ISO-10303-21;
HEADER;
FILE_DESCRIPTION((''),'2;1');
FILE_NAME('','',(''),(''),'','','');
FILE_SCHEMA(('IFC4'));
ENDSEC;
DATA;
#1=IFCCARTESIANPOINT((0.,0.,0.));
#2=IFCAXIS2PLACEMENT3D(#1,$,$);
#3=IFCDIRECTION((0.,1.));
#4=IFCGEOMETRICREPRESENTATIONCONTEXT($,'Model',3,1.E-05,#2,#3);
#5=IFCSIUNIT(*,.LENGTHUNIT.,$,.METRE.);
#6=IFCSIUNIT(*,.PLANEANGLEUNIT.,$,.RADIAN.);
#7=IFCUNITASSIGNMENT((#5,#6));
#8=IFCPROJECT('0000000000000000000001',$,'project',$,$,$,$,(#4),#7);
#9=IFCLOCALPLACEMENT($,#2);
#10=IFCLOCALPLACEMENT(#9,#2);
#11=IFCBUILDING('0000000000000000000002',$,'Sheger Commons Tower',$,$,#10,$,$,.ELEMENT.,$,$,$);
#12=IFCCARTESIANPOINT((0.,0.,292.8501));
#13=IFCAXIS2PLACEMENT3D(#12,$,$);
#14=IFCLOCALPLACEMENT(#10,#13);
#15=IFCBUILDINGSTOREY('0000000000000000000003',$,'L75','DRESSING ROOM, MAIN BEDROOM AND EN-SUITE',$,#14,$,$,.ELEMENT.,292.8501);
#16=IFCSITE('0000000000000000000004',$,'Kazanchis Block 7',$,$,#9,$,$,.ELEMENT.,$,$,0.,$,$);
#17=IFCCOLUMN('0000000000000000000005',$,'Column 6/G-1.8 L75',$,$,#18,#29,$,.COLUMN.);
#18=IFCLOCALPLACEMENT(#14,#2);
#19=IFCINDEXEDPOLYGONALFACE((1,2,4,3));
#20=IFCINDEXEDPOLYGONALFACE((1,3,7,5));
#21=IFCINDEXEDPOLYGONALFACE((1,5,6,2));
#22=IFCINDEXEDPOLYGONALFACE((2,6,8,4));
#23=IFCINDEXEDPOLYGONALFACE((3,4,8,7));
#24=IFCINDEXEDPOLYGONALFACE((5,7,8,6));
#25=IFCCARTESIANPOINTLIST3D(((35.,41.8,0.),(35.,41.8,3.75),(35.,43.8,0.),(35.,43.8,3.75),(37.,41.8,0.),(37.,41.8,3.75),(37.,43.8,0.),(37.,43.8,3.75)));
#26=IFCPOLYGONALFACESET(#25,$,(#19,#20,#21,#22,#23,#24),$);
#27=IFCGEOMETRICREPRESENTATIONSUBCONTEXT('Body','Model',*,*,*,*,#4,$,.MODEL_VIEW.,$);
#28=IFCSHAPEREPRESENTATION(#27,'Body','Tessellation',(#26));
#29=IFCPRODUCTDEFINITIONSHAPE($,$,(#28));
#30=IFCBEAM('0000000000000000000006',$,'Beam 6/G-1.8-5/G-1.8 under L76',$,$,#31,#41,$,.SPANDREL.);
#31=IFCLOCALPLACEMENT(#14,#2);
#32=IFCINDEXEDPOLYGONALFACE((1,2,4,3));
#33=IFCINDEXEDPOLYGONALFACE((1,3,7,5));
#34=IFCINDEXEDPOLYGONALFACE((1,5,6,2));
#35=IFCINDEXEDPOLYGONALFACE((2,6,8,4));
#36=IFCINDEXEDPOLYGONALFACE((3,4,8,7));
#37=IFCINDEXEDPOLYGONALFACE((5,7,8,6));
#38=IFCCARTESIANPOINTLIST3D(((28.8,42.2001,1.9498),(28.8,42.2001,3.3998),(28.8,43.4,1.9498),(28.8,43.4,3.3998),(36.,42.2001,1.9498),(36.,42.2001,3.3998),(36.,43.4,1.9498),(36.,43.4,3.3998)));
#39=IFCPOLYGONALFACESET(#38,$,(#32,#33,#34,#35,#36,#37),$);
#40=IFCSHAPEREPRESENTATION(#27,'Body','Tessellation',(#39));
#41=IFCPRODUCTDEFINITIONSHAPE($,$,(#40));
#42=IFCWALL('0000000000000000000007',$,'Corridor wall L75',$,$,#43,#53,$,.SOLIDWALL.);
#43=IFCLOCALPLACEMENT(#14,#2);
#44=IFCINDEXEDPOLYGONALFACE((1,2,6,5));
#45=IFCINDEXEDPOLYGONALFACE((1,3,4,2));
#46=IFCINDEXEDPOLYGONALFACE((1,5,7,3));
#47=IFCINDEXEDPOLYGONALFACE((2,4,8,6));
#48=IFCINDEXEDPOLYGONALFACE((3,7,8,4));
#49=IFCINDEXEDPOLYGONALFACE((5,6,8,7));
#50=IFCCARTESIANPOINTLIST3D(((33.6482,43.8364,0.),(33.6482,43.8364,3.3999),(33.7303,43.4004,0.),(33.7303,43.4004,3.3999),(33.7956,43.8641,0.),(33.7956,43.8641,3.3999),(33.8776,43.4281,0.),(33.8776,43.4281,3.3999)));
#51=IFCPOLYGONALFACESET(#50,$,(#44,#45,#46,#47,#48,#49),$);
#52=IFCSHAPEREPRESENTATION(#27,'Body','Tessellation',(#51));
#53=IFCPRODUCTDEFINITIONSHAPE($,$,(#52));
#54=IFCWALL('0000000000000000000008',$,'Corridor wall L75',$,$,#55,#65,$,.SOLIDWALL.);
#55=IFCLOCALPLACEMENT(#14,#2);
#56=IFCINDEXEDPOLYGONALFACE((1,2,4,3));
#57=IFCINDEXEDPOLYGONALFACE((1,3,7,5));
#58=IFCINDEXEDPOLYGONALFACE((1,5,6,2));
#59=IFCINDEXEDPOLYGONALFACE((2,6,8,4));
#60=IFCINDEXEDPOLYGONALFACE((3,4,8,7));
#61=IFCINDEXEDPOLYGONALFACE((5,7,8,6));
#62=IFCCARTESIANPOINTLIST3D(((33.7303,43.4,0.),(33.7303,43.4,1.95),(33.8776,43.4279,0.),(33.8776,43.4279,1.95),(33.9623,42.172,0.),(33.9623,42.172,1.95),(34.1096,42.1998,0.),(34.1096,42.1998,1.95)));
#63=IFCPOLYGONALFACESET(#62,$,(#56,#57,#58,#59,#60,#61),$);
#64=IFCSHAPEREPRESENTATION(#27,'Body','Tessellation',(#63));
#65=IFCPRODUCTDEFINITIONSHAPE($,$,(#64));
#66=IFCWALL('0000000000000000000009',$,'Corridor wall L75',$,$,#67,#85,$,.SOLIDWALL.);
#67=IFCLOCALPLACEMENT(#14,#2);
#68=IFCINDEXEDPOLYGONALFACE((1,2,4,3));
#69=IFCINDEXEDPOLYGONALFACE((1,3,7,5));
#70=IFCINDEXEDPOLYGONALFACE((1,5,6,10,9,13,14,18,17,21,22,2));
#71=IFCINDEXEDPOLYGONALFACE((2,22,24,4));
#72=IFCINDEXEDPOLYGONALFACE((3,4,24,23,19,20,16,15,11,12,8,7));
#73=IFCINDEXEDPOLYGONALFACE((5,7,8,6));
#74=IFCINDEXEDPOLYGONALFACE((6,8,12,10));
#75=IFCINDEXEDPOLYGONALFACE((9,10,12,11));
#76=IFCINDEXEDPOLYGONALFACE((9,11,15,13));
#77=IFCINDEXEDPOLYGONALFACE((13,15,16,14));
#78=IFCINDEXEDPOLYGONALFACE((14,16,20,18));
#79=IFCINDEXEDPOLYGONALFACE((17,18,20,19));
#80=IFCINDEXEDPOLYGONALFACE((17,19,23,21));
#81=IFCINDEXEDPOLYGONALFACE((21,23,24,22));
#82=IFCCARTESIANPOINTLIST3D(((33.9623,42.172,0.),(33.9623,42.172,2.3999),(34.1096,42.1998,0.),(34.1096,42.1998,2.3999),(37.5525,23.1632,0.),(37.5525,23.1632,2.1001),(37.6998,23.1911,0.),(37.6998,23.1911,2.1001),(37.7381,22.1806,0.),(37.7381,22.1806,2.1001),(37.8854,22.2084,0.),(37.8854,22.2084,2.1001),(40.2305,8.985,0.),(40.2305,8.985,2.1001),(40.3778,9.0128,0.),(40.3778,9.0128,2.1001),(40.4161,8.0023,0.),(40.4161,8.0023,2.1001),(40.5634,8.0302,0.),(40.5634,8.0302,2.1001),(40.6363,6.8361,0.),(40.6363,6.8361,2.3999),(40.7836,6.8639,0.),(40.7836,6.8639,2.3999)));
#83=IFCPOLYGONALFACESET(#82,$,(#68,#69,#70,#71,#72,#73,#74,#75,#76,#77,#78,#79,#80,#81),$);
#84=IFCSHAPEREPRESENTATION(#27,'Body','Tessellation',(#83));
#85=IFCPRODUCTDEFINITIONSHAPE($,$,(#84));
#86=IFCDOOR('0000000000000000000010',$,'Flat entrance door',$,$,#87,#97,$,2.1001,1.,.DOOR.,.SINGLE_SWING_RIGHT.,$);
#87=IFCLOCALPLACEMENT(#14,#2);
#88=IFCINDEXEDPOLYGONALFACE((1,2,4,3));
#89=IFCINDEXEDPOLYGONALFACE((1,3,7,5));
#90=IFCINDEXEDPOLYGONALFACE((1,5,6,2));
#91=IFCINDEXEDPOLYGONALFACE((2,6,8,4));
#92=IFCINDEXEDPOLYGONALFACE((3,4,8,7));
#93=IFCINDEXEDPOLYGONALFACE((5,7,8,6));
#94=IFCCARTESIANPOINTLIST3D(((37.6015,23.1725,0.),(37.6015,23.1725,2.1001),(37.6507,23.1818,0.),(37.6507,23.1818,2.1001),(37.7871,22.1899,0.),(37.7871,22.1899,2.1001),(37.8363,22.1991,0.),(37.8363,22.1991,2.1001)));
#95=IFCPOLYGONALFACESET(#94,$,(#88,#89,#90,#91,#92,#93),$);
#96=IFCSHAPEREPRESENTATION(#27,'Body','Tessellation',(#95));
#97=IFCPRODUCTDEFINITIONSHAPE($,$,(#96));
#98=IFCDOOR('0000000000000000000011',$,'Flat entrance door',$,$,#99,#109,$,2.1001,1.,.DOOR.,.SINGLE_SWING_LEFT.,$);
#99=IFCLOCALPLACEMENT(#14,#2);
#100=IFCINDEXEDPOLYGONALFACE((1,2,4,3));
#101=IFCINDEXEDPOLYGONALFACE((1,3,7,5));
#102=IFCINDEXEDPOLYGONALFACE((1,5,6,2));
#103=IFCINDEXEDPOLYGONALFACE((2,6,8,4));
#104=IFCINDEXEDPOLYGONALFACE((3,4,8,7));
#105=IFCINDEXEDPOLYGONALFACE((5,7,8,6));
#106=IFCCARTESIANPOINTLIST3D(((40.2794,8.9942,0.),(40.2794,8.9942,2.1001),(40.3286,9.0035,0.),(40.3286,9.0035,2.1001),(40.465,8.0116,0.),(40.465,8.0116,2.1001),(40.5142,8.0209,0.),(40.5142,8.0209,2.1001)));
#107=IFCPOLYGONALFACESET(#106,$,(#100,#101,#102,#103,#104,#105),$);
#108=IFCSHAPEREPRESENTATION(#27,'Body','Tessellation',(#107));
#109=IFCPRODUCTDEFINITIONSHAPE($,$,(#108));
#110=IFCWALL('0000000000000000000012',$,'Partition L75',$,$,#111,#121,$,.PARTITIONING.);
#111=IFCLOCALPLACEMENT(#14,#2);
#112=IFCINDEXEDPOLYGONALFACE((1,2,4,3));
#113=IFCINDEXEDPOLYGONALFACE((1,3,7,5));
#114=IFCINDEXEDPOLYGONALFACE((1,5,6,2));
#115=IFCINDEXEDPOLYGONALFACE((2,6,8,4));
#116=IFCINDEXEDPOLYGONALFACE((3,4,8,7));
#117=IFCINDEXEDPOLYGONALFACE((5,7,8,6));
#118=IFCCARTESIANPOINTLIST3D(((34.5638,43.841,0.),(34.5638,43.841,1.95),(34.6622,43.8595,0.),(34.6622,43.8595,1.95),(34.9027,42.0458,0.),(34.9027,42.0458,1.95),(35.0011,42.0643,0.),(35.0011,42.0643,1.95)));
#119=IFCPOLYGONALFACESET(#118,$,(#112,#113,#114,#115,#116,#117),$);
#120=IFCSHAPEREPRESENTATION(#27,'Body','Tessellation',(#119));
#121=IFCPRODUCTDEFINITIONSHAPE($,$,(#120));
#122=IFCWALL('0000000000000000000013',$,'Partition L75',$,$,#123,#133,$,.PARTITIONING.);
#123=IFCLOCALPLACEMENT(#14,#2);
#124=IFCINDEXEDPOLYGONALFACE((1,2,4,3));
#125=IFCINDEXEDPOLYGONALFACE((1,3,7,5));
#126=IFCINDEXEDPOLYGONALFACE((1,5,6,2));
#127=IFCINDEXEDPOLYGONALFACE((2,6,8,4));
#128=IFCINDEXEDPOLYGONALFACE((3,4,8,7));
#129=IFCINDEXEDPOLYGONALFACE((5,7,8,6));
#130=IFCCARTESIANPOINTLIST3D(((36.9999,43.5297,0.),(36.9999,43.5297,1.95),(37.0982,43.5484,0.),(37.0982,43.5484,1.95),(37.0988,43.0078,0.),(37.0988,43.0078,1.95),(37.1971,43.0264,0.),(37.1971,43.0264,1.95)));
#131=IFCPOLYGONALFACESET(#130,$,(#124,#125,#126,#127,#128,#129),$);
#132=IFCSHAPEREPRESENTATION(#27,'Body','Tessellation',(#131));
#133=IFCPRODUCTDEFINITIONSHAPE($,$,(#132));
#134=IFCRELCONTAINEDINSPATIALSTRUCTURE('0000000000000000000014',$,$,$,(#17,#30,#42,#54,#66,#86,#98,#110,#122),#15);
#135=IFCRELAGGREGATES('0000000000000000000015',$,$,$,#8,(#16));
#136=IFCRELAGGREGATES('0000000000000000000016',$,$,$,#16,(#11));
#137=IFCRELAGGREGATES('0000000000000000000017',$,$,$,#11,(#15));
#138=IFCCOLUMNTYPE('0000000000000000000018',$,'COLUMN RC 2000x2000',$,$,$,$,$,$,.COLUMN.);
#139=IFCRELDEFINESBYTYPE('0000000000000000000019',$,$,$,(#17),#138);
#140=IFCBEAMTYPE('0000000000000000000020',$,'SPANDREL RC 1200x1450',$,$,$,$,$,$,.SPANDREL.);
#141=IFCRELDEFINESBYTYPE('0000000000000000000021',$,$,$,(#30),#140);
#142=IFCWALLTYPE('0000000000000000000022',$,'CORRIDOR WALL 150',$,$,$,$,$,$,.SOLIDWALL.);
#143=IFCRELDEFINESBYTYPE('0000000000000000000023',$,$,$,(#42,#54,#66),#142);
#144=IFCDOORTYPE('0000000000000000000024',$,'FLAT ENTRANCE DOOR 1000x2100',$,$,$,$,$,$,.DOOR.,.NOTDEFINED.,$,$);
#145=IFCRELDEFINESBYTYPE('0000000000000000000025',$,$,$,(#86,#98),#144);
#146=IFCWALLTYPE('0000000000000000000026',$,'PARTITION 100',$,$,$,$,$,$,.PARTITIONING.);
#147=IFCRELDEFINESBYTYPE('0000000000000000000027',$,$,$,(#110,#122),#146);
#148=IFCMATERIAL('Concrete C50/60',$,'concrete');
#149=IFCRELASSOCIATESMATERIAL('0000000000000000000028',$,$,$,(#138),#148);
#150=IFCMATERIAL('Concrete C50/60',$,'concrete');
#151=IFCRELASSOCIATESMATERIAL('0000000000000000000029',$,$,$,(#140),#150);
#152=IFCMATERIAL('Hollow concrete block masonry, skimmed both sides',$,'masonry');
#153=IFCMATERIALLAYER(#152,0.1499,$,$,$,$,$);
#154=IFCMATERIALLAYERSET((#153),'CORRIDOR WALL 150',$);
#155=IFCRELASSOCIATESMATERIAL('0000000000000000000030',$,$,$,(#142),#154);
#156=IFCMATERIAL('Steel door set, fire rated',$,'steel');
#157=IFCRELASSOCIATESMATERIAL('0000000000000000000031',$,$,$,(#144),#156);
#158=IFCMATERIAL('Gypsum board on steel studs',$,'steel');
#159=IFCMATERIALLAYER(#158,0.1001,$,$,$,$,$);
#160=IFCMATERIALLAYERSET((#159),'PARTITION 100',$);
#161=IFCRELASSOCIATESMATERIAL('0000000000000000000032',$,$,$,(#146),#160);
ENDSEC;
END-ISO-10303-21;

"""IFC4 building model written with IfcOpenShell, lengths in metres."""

from ifc_helpers import new_model, si_unit, direction, frame, frame_2d, origin, origin_2d, place, context, subcontext, project, spatial, rectangle, extrude, material, layer, layer_set, material_profile, profile_set, type_object, element, fill, save


model = new_model("IFC4")

# Units and contexts
model_context = context("Model", 3, precision=1e-05, world=origin(), true_north=direction((0.0, 1.0)))
body_context = subcontext(model_context, "Body", "Model", "MODEL_VIEW")
ifc_project = project(units=[si_unit("LENGTHUNIT", "METRE"), si_unit("PLANEANGLEUNIT", "RADIAN")], contexts=[model_context])

# Site, building, storey
site_placement = place(None, origin())
site = spatial("IfcSite", under=ifc_project, at=site_placement, Name="Kazanchis Block 7", CompositionType="ELEMENT", RefElevation=0.0)
building_placement = place(site_placement, origin())
building = spatial("IfcBuilding", under=site, at=building_placement, Name="Sheger Commons Tower", CompositionType="ELEMENT")
storey_placement = place(building_placement, frame((0.0, 0.0, 292.8501)))
storey = spatial("IfcBuildingStorey", under=building, at=storey_placement, Name="L75", Description="DRESSING ROOM, MAIN BEDROOM AND EN-SUITE", CompositionType="ELEMENT", Elevation=292.8501)

# Column
ifc_material_1 = material(Name="Concrete C50/60", Category="concrete")
ifc_material_profile_1 = material_profile(ifc_material_1, rectangle(XDim=2.0, YDim=2.0, at=origin_2d()), Name="RC 2000x2000")
ifc_profile_set_1 = profile_set([ifc_material_profile_1], Name="Concrete C50/60")
column_type = type_object("IfcColumnType", Name="COLUMN RC 2000x2000", PredefinedType="COLUMN", material=ifc_profile_set_1)
column_placement = place(storey_placement, frame((36.0, 42.8, 0.0), z_axis=(0.0, 0.0, 1.0), x_axis=(1.0, 0.0, 0.0)))
element("IfcColumn", 1, at=column_placement, inside=storey, type_object=column_type, Name="Column 6/G-1.8 L75", PredefinedType="COLUMN", context=body_context, shape_type="SweptSolid", body=[
    extrude(rectangle(XDim=2.0, YDim=2.0, at=origin_2d()), origin(), (0.0, 0.0, 1.0), 3.75),
])

# Beam
ifc_material_2 = material(Name="Concrete C50/60", Category="concrete")
ifc_material_profile_2 = material_profile(ifc_material_2, rectangle(XDim=1.2, YDim=1.45, at=origin_2d()), Name="RC 1200x1450")
ifc_profile_set_2 = profile_set([ifc_material_profile_2], Name="Concrete C50/60")
beam_type = type_object("IfcBeamType", Name="SPANDREL RC 1200x1450", PredefinedType="SPANDREL", material=ifc_profile_set_2)
beam_placement = place(storey_placement, frame((36.0, 42.8, 2.6748), z_axis=(-1.0, 0.0, 0.0), x_axis=(0.0, -1.0, 0.0)))
element("IfcBeam", 2, at=beam_placement, inside=storey, type_object=beam_type, Name="Beam 6/G-1.8-5/G-1.8 under L76", PredefinedType="SPANDREL", context=body_context, shape_type="SweptSolid", body=[
    extrude(rectangle(XDim=1.2, YDim=1.45, at=origin_2d()), origin(), (0.0, 0.0, 1.0), 7.2),
])

# Walls
ifc_material_3 = material(Name="Hollow concrete block masonry, skimmed both sides", Category="masonry")
ifc_layer_1 = layer(ifc_material_3, 0.1499)
ifc_layer_set_1 = layer_set([ifc_layer_1], Name="CORRIDOR WALL 150")
wall_type_1 = type_object("IfcWallType", Name="CORRIDOR WALL 150", PredefinedType="SOLIDWALL", material=ifc_layer_set_1)
wall_1_placement = place(storey_placement, frame((33.7219, 43.8501, 0.0), z_axis=(0.0, 0.0, 1.0), x_axis=(0.184887, -0.98276, 0.0)))
element("IfcWall", 3, at=wall_1_placement, inside=storey, type_object=wall_type_1, Name="Corridor wall L75", PredefinedType="SOLIDWALL", context=body_context, shape_type="SweptSolid", body=[
    extrude(rectangle(XDim=0.4436, YDim=0.1499, at=frame_2d((0.2217, 0.0))), origin(), (0.0, 0.0, 1.0), 3.3999),
])
wall_2_placement = place(storey_placement, frame((33.804, 43.4141, 0.0), z_axis=(0.0, 0.0, 1.0), x_axis=(0.185586, -0.982628, 0.0)))
element("IfcWall", 4, at=wall_2_placement, inside=storey, type_object=wall_type_1, Name="Corridor wall L75", PredefinedType="SOLIDWALL", context=body_context, shape_type="SweptSolid", body=[
    extrude(rectangle(XDim=1.2498, YDim=0.1499, at=frame_2d((0.625, 0.0))), origin(), (0.0, 0.0, 1.0), 1.95),
])

# Wall, openings, doors
wall_3_placement = place(storey_placement, frame((34.0359, 42.186, 0.0), z_axis=(0.0, 0.0, 1.0), x_axis=(0.185594, -0.982627, 0.0)))
wall_3 = element("IfcWall", 5, at=wall_3_placement, inside=storey, type_object=wall_type_1, Name="Corridor wall L75", PredefinedType="SOLIDWALL", context=body_context, shape_type="SweptSolid", body=[
    extrude(rectangle(XDim=35.9607, YDim=0.1499, at=frame_2d((17.9805, 0.0))), origin(), (0.0, 0.0, 1.0), 2.3999),
])
opening_1_placement = place(wall_3_placement, frame((19.345, 0.0, 0.0)))
opening_1 = element("IfcOpeningElement", 6, at=opening_1_placement, cuts=wall_3, PredefinedType="OPENING", context=body_context, shape_type="SweptSolid", body=[
    extrude(rectangle(XDim=1.0, YDim=2.1001, at=frame_2d((0.5, 1.05))), frame((0.0, 0.085, 0.0), z_axis=(0.0, -1.0, 0.0), x_axis=(1.0, 0.0, 0.0)), (0.0, 0.0, 1.0), 0.1699),
])
opening_2_placement = place(wall_3_placement, frame((33.7739, 0.0, 0.0)))
opening_2 = element("IfcOpeningElement", 7, at=opening_2_placement, cuts=wall_3, PredefinedType="OPENING", context=body_context, shape_type="SweptSolid", body=[
    extrude(rectangle(XDim=1.0, YDim=2.1001, at=frame_2d((0.5, 1.05))), frame((0.0, 0.085, 0.0), z_axis=(0.0, -1.0, 0.0), x_axis=(1.0, 0.0, 0.0)), (0.0, 0.0, 1.0), 0.1699),
])
ifc_material_4 = material(Name="Steel door set, fire rated", Category="steel")
door_type_1 = type_object("IfcDoorType", Name="FLAT ENTRANCE DOOR 1000x2100", OperationType="NOTDEFINED", PredefinedType="DOOR", material=ifc_material_4)
door_1_placement = place(opening_1_placement, origin())
door_1 = element("IfcDoor", 8, at=door_1_placement, inside=storey, type_object=door_type_1, Name="Flat entrance door", OperationType="SINGLE_SWING_RIGHT", OverallHeight=2.1001, OverallWidth=1.0, PredefinedType="DOOR", context=body_context, shape_type="SweptSolid", body=[
    extrude(rectangle(XDim=1.0, YDim=2.1001, at=frame_2d((0.5, 1.05))), frame((0.0, 0.0249, 0.0), z_axis=(0.0, -1.0, 0.0), x_axis=(1.0, 0.0, 0.0)), (0.0, 0.0, 1.0), 0.05),
])
fill(opening_1, door_1)
door_2_placement = place(opening_2_placement, origin())
door_2 = element("IfcDoor", 9, at=door_2_placement, inside=storey, type_object=door_type_1, Name="Flat entrance door", OperationType="SINGLE_SWING_LEFT", OverallHeight=2.1001, OverallWidth=1.0, PredefinedType="DOOR", context=body_context, shape_type="SweptSolid", body=[
    extrude(rectangle(XDim=1.0, YDim=2.1001, at=frame_2d((0.5, 1.05))), frame((0.0, 0.0249, 0.0), z_axis=(0.0, -1.0, 0.0), x_axis=(1.0, 0.0, 0.0)), (0.0, 0.0, 1.0), 0.05),
])
fill(opening_2, door_2)

# Walls
ifc_material_5 = material(Name="Gypsum board on steel studs", Category="steel")
ifc_layer_2 = layer(ifc_material_5, 0.1001)
ifc_layer_set_2 = layer_set([ifc_layer_2], Name="PARTITION 100")
wall_type_2 = type_object("IfcWallType", Name="PARTITION 100", PredefinedType="PARTITIONING", material=ifc_layer_set_2)
wall_4_placement = place(storey_placement, frame((34.9519, 42.0549, 0.0), z_axis=(0.0, 0.0, 1.0), x_axis=(-0.185491, 0.982646, 0.0)))
element("IfcWall", 10, at=wall_4_placement, inside=storey, type_object=wall_type_2, Name="Partition L75", PredefinedType="PARTITIONING", context=body_context, shape_type="SweptSolid", body=[
    extrude(rectangle(XDim=1.8269, YDim=0.1001, at=frame_2d((0.9136, 0.0))), origin(), (0.0, 0.0, 1.0), 1.95),
])
wall_5_placement = place(storey_placement, frame((37.0491, 43.5391, 0.0), z_axis=(0.0, 0.0, 1.0), x_axis=(0.186119, -0.982527, 0.0)))
element("IfcWall", 11, at=wall_5_placement, inside=storey, type_object=wall_type_2, Name="Partition L75", PredefinedType="PARTITIONING", context=body_context, shape_type="SweptSolid", body=[
    extrude(rectangle(XDim=0.5312, YDim=0.1001, at=frame_2d((0.2656, 0.0))), origin(), (0.0, 0.0, 1.0), 1.95),
])

save(model, "model.ifc")
